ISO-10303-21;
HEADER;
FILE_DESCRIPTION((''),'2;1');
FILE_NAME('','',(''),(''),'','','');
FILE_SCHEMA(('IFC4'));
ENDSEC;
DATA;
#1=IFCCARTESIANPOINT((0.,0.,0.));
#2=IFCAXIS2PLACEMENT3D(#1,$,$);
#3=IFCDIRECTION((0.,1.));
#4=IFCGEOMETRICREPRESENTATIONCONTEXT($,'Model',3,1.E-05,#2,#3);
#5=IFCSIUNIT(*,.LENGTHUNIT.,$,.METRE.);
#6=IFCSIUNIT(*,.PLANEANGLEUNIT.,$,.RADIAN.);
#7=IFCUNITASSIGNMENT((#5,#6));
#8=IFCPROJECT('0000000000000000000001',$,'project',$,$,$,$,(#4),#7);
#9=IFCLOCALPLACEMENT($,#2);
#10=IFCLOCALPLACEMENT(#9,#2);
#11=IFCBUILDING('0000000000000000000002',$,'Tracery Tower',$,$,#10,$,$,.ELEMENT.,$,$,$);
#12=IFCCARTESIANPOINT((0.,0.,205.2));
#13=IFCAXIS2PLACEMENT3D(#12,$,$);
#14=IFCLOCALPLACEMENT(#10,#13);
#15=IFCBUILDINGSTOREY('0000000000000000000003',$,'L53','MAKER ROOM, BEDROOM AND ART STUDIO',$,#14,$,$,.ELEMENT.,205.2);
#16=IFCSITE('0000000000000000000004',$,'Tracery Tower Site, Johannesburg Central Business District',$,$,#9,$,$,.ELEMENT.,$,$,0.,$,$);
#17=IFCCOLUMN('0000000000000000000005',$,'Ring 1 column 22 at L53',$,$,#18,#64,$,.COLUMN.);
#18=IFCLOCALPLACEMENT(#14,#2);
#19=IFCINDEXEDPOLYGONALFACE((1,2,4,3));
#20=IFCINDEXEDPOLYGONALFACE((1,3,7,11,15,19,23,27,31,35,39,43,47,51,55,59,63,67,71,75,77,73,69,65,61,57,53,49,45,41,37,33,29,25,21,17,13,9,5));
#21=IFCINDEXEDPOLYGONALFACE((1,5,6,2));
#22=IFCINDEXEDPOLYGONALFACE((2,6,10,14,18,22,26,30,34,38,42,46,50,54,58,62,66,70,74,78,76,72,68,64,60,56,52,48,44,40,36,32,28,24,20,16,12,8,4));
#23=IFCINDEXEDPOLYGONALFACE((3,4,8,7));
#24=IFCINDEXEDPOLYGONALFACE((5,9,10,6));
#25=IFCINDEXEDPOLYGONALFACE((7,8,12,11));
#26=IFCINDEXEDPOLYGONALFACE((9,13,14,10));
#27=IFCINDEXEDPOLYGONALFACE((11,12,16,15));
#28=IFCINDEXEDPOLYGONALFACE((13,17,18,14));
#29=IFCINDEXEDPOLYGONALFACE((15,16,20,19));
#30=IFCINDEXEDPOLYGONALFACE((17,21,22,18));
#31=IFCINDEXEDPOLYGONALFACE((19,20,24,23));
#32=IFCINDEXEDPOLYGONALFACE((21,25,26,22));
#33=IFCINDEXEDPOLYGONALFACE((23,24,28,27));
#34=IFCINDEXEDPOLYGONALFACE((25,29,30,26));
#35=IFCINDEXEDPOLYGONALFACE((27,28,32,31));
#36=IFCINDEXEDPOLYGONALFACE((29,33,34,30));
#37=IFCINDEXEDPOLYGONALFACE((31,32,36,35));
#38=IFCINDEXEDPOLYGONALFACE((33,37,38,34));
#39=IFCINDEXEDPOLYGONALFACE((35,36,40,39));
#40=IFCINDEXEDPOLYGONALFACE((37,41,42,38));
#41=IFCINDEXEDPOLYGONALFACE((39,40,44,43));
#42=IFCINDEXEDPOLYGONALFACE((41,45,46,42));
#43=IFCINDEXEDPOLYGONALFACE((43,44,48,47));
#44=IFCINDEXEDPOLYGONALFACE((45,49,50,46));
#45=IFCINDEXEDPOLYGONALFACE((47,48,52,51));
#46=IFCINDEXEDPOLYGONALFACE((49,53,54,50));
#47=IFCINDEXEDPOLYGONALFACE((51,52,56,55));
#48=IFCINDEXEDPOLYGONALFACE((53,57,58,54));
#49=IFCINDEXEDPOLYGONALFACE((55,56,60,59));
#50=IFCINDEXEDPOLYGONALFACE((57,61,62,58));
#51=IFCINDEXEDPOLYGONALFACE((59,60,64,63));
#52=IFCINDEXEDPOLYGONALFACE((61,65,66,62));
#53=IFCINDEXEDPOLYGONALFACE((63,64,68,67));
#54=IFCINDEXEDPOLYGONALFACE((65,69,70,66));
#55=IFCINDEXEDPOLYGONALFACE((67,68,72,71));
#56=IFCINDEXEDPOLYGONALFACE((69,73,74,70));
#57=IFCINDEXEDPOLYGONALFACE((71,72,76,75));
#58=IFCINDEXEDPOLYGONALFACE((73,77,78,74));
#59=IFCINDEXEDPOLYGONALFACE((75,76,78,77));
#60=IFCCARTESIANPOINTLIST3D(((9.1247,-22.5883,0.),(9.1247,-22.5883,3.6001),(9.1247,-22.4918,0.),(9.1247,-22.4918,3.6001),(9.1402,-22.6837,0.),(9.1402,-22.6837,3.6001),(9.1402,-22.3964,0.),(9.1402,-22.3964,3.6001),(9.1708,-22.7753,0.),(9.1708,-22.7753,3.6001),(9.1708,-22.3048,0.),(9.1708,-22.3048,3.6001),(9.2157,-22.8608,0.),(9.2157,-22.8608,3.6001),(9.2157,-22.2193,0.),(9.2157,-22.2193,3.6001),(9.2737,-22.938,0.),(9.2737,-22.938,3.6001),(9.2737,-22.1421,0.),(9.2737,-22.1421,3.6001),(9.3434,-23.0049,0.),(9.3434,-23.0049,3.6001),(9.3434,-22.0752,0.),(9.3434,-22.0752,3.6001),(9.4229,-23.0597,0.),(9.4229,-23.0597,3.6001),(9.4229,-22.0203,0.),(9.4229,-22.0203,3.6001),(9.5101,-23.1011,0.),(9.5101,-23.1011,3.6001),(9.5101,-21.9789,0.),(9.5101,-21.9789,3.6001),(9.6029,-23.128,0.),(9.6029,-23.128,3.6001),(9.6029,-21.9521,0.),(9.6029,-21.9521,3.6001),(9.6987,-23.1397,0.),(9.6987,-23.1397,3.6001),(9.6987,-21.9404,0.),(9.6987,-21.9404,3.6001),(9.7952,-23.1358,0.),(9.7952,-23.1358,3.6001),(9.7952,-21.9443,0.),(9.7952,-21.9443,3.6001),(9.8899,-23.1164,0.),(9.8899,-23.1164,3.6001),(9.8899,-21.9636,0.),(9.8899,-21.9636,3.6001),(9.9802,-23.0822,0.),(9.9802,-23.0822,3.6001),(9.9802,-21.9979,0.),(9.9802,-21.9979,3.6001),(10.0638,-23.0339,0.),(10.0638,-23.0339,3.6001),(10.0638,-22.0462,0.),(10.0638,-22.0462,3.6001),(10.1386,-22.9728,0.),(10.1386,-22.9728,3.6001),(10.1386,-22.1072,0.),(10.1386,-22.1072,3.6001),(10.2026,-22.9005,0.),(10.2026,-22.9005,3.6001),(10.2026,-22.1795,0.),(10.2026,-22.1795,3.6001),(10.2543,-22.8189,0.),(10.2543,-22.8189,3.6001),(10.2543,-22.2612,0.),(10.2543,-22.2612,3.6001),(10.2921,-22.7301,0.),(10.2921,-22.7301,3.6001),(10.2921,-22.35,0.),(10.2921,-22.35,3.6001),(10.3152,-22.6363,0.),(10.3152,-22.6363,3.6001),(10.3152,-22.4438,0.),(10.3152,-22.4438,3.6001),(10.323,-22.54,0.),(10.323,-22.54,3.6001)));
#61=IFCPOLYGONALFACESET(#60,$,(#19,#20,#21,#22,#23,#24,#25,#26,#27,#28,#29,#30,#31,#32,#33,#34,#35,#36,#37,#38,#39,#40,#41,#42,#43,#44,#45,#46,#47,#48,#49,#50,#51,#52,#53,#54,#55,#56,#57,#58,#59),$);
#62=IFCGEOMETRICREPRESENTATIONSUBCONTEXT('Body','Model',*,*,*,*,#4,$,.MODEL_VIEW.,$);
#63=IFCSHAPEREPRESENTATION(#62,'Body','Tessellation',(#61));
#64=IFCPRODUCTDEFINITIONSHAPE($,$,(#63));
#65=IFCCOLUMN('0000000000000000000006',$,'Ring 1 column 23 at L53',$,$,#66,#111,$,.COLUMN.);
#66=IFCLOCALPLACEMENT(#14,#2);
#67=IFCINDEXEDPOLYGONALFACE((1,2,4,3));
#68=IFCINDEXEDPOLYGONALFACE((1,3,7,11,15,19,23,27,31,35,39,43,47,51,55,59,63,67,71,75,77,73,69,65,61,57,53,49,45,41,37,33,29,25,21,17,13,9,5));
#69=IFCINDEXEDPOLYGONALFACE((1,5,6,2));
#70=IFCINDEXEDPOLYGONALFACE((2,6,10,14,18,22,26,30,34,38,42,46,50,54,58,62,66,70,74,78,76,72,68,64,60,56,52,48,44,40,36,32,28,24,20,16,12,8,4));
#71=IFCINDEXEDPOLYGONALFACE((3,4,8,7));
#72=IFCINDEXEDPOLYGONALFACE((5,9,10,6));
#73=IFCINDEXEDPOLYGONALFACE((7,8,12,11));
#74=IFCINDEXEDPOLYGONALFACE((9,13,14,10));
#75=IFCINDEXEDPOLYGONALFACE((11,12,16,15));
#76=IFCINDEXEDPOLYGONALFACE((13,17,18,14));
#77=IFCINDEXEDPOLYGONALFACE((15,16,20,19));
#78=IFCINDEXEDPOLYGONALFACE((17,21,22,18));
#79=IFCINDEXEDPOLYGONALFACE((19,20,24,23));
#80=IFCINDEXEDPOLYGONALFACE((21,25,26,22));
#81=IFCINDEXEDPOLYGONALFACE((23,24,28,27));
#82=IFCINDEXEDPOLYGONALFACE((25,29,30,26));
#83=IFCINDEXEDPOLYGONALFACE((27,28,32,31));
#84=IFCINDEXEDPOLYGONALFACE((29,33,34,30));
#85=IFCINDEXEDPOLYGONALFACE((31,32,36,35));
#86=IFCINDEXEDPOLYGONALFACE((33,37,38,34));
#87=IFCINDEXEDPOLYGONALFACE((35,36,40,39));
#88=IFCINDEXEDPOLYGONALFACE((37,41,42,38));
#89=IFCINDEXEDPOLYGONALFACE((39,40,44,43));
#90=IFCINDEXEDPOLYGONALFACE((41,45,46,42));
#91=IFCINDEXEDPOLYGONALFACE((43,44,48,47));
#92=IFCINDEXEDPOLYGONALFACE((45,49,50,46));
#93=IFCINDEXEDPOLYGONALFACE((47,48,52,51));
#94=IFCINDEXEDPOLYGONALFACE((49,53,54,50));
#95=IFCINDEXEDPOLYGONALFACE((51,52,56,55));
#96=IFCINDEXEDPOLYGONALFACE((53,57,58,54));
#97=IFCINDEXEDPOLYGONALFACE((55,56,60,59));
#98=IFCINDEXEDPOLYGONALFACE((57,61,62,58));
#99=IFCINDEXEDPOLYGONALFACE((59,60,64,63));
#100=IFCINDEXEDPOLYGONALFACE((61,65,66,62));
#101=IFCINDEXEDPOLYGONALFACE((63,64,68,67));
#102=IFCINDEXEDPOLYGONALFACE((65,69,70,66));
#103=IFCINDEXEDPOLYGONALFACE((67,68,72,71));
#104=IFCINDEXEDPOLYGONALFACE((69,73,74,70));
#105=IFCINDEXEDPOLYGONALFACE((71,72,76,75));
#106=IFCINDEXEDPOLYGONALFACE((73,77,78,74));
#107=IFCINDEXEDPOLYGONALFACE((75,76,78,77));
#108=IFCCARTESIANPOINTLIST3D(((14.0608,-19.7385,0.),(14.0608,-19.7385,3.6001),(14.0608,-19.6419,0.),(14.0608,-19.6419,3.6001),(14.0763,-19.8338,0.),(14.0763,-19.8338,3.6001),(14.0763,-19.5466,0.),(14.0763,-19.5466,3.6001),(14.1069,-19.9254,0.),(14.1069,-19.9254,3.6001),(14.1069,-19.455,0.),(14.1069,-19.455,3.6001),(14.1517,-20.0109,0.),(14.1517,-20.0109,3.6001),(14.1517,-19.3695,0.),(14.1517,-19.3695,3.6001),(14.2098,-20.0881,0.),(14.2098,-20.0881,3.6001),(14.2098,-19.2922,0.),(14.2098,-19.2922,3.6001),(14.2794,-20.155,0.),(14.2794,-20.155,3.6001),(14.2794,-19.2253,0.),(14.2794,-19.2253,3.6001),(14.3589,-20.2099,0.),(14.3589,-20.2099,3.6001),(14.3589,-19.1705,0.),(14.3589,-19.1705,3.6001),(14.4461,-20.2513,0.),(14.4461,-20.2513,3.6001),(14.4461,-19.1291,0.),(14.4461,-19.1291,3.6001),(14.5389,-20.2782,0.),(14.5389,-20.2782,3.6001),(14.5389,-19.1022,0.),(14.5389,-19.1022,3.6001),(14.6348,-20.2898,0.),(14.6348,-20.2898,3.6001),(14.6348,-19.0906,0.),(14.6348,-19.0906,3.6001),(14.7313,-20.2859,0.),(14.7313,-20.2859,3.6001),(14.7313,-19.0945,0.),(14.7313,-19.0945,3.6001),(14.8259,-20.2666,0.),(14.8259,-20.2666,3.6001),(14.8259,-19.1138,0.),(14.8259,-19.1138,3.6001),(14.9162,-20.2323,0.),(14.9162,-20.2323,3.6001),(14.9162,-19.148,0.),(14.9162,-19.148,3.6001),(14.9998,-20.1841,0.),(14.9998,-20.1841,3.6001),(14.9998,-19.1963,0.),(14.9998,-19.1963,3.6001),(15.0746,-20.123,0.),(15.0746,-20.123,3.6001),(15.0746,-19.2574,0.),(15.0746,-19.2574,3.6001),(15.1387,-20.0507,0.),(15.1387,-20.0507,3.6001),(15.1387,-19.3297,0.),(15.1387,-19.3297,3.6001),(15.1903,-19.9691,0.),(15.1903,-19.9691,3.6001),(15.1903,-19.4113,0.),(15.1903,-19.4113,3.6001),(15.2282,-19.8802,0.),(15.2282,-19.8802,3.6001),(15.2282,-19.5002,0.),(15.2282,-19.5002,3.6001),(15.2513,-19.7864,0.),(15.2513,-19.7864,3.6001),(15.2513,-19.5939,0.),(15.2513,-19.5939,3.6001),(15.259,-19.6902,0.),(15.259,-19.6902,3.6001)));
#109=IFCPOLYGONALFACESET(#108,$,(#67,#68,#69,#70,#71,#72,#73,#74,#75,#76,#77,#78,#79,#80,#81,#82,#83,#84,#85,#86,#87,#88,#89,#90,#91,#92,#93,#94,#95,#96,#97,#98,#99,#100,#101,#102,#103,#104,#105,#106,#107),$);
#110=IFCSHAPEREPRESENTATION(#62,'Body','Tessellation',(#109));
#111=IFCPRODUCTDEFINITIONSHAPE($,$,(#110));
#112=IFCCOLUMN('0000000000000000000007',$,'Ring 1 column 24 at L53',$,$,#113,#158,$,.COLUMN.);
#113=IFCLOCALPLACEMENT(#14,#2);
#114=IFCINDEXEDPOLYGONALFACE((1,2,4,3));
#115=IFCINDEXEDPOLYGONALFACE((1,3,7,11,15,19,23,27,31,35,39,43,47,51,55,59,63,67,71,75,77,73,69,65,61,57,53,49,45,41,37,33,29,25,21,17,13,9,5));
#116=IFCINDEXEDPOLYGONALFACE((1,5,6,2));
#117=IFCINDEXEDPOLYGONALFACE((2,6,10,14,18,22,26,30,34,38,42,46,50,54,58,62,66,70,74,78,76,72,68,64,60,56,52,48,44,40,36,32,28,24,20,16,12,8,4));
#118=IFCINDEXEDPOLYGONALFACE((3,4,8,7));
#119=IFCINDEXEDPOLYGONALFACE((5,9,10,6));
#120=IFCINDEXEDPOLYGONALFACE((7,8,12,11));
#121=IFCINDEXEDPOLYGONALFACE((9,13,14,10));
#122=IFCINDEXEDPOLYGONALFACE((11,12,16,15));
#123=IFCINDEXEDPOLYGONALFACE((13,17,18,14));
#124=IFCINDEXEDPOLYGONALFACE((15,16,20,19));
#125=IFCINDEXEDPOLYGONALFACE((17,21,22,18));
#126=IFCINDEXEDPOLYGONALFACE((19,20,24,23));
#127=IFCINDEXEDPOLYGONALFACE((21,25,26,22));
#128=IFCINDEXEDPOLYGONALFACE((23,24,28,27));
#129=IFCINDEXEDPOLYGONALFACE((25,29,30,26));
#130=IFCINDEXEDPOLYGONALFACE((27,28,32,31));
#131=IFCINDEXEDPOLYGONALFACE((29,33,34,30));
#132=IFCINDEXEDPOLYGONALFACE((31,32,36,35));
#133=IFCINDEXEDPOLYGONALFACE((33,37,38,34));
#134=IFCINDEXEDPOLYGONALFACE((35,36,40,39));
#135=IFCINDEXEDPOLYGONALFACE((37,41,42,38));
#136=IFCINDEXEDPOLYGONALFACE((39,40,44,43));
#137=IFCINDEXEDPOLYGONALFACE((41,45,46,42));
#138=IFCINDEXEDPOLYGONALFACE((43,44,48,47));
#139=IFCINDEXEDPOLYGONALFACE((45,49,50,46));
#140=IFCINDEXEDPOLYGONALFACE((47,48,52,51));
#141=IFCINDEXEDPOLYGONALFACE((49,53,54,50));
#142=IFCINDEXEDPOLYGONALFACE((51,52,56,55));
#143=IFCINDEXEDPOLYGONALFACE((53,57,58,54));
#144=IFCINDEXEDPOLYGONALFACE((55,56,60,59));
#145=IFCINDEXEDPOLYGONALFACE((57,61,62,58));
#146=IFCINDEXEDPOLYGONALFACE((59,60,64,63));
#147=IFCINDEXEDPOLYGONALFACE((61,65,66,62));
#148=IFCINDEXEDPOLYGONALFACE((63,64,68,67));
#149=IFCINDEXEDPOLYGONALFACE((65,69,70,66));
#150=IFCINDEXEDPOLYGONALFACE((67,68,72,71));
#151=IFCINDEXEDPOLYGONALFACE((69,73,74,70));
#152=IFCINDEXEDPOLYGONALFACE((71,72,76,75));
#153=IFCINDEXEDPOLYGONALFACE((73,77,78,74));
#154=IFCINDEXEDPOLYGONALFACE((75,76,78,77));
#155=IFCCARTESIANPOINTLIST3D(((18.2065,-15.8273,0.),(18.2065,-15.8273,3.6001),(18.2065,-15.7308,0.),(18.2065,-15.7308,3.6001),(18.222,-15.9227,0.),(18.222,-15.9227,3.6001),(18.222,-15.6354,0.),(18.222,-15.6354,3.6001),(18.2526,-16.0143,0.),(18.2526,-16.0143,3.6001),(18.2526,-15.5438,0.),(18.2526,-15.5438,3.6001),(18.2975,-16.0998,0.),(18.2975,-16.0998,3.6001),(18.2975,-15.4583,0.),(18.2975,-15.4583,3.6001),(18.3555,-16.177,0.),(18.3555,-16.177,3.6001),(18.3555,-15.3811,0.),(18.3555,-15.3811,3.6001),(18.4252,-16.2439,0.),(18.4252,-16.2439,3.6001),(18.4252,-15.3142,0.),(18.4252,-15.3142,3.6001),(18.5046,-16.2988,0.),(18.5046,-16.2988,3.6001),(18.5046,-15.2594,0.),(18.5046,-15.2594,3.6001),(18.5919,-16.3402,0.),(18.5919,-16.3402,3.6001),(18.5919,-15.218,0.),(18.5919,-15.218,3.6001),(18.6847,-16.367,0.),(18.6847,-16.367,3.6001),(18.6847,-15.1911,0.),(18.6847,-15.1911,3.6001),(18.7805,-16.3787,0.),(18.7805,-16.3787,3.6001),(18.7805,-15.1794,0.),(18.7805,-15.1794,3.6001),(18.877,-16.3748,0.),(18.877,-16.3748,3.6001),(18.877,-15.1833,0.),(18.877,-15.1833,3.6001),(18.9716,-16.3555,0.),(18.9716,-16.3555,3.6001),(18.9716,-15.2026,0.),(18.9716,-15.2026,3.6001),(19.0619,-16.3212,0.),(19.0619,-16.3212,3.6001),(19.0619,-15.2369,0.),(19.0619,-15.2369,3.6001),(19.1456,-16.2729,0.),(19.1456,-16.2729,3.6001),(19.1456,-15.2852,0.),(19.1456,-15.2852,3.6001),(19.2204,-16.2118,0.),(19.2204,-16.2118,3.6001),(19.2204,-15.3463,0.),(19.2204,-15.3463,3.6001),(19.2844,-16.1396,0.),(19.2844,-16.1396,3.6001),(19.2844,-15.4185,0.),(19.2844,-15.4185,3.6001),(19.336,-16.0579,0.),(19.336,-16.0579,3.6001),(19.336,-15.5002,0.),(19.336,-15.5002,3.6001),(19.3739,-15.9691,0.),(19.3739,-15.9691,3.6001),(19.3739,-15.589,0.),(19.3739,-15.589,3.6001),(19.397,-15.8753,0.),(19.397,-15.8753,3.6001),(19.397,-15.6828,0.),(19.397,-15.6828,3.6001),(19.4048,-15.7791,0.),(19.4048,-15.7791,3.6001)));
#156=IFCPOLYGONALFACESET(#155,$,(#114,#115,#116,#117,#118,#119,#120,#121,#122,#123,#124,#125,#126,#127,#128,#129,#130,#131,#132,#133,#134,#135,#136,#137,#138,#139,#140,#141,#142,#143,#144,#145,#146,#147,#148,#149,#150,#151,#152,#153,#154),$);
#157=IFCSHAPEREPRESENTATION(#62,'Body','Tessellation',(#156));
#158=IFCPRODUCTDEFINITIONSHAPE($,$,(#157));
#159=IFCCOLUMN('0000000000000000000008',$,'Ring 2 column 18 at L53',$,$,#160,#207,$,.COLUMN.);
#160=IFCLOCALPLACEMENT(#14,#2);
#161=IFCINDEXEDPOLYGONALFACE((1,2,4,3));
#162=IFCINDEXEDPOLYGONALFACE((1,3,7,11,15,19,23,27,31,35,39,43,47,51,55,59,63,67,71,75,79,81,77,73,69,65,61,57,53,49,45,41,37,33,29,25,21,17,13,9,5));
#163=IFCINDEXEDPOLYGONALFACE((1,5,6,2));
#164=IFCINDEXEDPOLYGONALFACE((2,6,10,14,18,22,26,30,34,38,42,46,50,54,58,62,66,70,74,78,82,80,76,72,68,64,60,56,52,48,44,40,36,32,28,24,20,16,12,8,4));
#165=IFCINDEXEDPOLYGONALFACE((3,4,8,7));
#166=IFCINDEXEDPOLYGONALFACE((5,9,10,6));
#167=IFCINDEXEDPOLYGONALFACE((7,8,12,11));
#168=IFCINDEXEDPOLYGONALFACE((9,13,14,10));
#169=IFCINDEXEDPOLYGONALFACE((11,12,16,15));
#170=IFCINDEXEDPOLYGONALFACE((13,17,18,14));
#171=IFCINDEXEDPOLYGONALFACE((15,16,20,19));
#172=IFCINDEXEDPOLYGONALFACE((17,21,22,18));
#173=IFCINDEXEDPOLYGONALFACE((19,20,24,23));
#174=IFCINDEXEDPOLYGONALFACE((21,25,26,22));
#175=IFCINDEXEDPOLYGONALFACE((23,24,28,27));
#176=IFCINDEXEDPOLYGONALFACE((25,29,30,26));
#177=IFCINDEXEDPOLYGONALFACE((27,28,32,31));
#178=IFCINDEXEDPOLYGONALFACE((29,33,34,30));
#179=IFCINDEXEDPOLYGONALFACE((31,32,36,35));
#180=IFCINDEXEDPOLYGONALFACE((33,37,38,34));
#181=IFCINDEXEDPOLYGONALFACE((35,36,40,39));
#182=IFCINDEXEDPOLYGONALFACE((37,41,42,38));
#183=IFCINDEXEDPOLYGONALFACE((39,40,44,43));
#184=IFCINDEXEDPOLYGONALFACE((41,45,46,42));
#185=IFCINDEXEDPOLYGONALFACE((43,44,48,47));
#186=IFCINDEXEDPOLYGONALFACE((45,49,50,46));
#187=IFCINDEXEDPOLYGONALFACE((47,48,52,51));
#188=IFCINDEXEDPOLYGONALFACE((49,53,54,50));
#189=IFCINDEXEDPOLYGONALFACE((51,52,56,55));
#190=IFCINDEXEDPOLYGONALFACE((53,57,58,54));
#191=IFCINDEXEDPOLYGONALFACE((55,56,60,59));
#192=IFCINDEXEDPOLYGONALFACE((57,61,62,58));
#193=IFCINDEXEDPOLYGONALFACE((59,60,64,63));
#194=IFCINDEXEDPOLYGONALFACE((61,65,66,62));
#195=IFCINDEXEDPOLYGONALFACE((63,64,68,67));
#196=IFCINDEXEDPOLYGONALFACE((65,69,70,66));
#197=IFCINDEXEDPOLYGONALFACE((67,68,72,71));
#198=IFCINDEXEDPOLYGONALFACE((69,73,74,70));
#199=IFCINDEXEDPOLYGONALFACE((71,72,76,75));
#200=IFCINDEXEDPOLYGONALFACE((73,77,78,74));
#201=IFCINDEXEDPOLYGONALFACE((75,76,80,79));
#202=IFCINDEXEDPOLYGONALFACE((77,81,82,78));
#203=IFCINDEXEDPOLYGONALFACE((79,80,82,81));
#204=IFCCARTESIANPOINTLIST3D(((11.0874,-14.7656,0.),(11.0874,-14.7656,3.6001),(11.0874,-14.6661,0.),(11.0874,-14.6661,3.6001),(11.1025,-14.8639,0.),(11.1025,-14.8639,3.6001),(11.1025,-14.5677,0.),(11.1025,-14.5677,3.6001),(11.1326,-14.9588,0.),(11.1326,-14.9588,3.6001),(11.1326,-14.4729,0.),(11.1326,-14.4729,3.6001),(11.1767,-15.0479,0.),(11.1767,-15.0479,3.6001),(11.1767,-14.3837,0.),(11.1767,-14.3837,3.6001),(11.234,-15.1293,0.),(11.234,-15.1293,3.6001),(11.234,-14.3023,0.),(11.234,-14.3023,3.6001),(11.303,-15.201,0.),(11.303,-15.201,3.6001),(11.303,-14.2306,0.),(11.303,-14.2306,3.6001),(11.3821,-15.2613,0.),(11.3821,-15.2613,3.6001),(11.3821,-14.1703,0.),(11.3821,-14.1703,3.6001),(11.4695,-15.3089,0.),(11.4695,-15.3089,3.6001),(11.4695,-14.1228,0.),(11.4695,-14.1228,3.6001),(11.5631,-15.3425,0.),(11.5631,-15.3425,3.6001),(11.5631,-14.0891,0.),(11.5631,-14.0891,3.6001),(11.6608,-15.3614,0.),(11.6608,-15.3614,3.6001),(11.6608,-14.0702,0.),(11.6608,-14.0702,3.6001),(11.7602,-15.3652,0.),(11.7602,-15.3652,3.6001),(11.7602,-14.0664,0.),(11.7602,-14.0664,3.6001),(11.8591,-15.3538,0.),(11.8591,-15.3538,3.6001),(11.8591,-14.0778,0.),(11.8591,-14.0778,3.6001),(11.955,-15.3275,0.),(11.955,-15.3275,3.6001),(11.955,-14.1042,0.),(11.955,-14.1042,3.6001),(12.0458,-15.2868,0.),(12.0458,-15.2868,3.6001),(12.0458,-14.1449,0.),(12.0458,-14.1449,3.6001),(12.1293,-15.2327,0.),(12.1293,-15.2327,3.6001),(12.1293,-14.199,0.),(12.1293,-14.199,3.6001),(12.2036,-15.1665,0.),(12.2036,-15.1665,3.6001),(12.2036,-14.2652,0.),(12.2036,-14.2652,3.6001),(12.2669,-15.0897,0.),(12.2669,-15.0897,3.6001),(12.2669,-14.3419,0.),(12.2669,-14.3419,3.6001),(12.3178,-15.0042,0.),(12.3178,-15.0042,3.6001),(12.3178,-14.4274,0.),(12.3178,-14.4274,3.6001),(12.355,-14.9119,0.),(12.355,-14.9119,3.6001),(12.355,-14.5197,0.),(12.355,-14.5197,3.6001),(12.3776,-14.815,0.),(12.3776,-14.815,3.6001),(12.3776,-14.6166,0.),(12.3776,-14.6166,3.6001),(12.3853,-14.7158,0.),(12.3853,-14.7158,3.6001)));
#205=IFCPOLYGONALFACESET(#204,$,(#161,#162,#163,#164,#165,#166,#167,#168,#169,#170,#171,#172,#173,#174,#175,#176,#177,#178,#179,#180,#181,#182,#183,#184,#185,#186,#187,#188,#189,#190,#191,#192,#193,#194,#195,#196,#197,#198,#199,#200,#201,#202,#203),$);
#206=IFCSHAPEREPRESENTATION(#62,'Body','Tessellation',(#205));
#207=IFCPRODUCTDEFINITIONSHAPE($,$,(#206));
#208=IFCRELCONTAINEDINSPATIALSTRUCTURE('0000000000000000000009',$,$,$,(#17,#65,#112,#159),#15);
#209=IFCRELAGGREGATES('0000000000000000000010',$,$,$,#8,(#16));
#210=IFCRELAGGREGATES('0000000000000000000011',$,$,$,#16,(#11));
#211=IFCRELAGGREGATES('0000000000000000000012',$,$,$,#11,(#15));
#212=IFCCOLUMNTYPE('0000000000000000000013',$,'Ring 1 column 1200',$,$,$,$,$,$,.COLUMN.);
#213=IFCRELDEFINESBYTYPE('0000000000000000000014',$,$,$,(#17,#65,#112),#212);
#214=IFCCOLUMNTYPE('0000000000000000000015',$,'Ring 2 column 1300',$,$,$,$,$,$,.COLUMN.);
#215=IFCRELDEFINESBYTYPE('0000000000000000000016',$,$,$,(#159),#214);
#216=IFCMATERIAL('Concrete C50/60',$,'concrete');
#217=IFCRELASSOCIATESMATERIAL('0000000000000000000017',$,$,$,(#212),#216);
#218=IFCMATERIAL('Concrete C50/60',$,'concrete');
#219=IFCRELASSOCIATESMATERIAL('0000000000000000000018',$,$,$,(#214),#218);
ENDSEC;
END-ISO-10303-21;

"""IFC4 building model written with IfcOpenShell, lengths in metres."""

from ifc_helpers import new_model, si_unit, direction, frame, origin, origin_2d, place, context, subcontext, project, spatial, circle, extrude, material, material_profile, profile_set, type_object, element, save


model = new_model("IFC4")

# Units and contexts
model_context = context("Model", 3, precision=1e-05, world=origin(), true_north=direction((0.0, 1.0)))
body_context = subcontext(model_context, "Body", "Model", "MODEL_VIEW")
ifc_project = project(units=[si_unit("LENGTHUNIT", "METRE"), si_unit("PLANEANGLEUNIT", "RADIAN")], contexts=[model_context])

# Site, building, storey
site_placement = place(None, origin())
site = spatial("IfcSite", under=ifc_project, at=site_placement, Name="Tracery Tower Site, Johannesburg Central Business District", CompositionType="ELEMENT", RefElevation=0.0)
building_placement = place(site_placement, origin())
building = spatial("IfcBuilding", under=site, at=building_placement, Name="Tracery Tower", CompositionType="ELEMENT")
storey_placement = place(building_placement, frame((0.0, 0.0, 205.2)))
storey = spatial("IfcBuildingStorey", under=building, at=storey_placement, Name="L53", Description="MAKER ROOM, BEDROOM AND ART STUDIO", CompositionType="ELEMENT", Elevation=205.2)

# Columns
ifc_material_1 = material(Name="Concrete C50/60", Category="concrete")
ifc_material_profile_1 = material_profile(ifc_material_1, circle(Radius=0.6001, at=origin_2d()), Name="RC D1200")
ifc_profile_set_1 = profile_set([ifc_material_profile_1], Name="Concrete C50/60")
column_type_1 = type_object("IfcColumnType", Name="Ring 1 column 1200", PredefinedType="COLUMN", material=ifc_profile_set_1)
for number, where, z_axis, x_axis, name in (
    (1, (9.7229, -22.54, 0.0), (0.0, 0.0, 1.0), (1.0, 0.0, 0.0), "Ring 1 column 22 at L53"),
    (2, (14.6589, -19.6902, 0.0), (0.0, 0.0, 1.0), (1.0, 0.0, 0.0), "Ring 1 column 23 at L53"),
    (3, (18.8047, -15.7791, 0.0), (0.0, 0.0, 1.0), (1.0, 0.0, 0.0), "Ring 1 column 24 at L53"),
):
    element("IfcColumn", number, at=place(storey_placement, frame(where, z_axis=z_axis, x_axis=x_axis)), inside=storey, type_object=column_type_1, Name=name, PredefinedType="COLUMN", context=body_context, shape_type="SweptSolid", body=[
        extrude(circle(Radius=0.6001, at=origin_2d()), origin(), (0.0, 0.0, 1.0), 3.6001),
    ])
ifc_material_2 = material(Name="Concrete C50/60", Category="concrete")
ifc_material_profile_2 = material_profile(ifc_material_2, circle(Radius=0.6499, at=origin_2d()), Name="RC D1300")
ifc_profile_set_2 = profile_set([ifc_material_profile_2], Name="Concrete C50/60")
column_type_2 = type_object("IfcColumnType", Name="Ring 2 column 1300", PredefinedType="COLUMN", material=ifc_profile_set_2)
column_placement = place(storey_placement, frame((11.7354, -14.7158, 0.0), z_axis=(0.0, 0.0, 1.0), x_axis=(1.0, 0.0, 0.0)))
element("IfcColumn", 4, at=column_placement, inside=storey, type_object=column_type_2, Name="Ring 2 column 18 at L53", PredefinedType="COLUMN", context=body_context, shape_type="SweptSolid", body=[
    extrude(circle(Radius=0.6499, at=origin_2d()), origin(), (0.0, 0.0, 1.0), 3.6001),
])

save(model, "model.ifc")
